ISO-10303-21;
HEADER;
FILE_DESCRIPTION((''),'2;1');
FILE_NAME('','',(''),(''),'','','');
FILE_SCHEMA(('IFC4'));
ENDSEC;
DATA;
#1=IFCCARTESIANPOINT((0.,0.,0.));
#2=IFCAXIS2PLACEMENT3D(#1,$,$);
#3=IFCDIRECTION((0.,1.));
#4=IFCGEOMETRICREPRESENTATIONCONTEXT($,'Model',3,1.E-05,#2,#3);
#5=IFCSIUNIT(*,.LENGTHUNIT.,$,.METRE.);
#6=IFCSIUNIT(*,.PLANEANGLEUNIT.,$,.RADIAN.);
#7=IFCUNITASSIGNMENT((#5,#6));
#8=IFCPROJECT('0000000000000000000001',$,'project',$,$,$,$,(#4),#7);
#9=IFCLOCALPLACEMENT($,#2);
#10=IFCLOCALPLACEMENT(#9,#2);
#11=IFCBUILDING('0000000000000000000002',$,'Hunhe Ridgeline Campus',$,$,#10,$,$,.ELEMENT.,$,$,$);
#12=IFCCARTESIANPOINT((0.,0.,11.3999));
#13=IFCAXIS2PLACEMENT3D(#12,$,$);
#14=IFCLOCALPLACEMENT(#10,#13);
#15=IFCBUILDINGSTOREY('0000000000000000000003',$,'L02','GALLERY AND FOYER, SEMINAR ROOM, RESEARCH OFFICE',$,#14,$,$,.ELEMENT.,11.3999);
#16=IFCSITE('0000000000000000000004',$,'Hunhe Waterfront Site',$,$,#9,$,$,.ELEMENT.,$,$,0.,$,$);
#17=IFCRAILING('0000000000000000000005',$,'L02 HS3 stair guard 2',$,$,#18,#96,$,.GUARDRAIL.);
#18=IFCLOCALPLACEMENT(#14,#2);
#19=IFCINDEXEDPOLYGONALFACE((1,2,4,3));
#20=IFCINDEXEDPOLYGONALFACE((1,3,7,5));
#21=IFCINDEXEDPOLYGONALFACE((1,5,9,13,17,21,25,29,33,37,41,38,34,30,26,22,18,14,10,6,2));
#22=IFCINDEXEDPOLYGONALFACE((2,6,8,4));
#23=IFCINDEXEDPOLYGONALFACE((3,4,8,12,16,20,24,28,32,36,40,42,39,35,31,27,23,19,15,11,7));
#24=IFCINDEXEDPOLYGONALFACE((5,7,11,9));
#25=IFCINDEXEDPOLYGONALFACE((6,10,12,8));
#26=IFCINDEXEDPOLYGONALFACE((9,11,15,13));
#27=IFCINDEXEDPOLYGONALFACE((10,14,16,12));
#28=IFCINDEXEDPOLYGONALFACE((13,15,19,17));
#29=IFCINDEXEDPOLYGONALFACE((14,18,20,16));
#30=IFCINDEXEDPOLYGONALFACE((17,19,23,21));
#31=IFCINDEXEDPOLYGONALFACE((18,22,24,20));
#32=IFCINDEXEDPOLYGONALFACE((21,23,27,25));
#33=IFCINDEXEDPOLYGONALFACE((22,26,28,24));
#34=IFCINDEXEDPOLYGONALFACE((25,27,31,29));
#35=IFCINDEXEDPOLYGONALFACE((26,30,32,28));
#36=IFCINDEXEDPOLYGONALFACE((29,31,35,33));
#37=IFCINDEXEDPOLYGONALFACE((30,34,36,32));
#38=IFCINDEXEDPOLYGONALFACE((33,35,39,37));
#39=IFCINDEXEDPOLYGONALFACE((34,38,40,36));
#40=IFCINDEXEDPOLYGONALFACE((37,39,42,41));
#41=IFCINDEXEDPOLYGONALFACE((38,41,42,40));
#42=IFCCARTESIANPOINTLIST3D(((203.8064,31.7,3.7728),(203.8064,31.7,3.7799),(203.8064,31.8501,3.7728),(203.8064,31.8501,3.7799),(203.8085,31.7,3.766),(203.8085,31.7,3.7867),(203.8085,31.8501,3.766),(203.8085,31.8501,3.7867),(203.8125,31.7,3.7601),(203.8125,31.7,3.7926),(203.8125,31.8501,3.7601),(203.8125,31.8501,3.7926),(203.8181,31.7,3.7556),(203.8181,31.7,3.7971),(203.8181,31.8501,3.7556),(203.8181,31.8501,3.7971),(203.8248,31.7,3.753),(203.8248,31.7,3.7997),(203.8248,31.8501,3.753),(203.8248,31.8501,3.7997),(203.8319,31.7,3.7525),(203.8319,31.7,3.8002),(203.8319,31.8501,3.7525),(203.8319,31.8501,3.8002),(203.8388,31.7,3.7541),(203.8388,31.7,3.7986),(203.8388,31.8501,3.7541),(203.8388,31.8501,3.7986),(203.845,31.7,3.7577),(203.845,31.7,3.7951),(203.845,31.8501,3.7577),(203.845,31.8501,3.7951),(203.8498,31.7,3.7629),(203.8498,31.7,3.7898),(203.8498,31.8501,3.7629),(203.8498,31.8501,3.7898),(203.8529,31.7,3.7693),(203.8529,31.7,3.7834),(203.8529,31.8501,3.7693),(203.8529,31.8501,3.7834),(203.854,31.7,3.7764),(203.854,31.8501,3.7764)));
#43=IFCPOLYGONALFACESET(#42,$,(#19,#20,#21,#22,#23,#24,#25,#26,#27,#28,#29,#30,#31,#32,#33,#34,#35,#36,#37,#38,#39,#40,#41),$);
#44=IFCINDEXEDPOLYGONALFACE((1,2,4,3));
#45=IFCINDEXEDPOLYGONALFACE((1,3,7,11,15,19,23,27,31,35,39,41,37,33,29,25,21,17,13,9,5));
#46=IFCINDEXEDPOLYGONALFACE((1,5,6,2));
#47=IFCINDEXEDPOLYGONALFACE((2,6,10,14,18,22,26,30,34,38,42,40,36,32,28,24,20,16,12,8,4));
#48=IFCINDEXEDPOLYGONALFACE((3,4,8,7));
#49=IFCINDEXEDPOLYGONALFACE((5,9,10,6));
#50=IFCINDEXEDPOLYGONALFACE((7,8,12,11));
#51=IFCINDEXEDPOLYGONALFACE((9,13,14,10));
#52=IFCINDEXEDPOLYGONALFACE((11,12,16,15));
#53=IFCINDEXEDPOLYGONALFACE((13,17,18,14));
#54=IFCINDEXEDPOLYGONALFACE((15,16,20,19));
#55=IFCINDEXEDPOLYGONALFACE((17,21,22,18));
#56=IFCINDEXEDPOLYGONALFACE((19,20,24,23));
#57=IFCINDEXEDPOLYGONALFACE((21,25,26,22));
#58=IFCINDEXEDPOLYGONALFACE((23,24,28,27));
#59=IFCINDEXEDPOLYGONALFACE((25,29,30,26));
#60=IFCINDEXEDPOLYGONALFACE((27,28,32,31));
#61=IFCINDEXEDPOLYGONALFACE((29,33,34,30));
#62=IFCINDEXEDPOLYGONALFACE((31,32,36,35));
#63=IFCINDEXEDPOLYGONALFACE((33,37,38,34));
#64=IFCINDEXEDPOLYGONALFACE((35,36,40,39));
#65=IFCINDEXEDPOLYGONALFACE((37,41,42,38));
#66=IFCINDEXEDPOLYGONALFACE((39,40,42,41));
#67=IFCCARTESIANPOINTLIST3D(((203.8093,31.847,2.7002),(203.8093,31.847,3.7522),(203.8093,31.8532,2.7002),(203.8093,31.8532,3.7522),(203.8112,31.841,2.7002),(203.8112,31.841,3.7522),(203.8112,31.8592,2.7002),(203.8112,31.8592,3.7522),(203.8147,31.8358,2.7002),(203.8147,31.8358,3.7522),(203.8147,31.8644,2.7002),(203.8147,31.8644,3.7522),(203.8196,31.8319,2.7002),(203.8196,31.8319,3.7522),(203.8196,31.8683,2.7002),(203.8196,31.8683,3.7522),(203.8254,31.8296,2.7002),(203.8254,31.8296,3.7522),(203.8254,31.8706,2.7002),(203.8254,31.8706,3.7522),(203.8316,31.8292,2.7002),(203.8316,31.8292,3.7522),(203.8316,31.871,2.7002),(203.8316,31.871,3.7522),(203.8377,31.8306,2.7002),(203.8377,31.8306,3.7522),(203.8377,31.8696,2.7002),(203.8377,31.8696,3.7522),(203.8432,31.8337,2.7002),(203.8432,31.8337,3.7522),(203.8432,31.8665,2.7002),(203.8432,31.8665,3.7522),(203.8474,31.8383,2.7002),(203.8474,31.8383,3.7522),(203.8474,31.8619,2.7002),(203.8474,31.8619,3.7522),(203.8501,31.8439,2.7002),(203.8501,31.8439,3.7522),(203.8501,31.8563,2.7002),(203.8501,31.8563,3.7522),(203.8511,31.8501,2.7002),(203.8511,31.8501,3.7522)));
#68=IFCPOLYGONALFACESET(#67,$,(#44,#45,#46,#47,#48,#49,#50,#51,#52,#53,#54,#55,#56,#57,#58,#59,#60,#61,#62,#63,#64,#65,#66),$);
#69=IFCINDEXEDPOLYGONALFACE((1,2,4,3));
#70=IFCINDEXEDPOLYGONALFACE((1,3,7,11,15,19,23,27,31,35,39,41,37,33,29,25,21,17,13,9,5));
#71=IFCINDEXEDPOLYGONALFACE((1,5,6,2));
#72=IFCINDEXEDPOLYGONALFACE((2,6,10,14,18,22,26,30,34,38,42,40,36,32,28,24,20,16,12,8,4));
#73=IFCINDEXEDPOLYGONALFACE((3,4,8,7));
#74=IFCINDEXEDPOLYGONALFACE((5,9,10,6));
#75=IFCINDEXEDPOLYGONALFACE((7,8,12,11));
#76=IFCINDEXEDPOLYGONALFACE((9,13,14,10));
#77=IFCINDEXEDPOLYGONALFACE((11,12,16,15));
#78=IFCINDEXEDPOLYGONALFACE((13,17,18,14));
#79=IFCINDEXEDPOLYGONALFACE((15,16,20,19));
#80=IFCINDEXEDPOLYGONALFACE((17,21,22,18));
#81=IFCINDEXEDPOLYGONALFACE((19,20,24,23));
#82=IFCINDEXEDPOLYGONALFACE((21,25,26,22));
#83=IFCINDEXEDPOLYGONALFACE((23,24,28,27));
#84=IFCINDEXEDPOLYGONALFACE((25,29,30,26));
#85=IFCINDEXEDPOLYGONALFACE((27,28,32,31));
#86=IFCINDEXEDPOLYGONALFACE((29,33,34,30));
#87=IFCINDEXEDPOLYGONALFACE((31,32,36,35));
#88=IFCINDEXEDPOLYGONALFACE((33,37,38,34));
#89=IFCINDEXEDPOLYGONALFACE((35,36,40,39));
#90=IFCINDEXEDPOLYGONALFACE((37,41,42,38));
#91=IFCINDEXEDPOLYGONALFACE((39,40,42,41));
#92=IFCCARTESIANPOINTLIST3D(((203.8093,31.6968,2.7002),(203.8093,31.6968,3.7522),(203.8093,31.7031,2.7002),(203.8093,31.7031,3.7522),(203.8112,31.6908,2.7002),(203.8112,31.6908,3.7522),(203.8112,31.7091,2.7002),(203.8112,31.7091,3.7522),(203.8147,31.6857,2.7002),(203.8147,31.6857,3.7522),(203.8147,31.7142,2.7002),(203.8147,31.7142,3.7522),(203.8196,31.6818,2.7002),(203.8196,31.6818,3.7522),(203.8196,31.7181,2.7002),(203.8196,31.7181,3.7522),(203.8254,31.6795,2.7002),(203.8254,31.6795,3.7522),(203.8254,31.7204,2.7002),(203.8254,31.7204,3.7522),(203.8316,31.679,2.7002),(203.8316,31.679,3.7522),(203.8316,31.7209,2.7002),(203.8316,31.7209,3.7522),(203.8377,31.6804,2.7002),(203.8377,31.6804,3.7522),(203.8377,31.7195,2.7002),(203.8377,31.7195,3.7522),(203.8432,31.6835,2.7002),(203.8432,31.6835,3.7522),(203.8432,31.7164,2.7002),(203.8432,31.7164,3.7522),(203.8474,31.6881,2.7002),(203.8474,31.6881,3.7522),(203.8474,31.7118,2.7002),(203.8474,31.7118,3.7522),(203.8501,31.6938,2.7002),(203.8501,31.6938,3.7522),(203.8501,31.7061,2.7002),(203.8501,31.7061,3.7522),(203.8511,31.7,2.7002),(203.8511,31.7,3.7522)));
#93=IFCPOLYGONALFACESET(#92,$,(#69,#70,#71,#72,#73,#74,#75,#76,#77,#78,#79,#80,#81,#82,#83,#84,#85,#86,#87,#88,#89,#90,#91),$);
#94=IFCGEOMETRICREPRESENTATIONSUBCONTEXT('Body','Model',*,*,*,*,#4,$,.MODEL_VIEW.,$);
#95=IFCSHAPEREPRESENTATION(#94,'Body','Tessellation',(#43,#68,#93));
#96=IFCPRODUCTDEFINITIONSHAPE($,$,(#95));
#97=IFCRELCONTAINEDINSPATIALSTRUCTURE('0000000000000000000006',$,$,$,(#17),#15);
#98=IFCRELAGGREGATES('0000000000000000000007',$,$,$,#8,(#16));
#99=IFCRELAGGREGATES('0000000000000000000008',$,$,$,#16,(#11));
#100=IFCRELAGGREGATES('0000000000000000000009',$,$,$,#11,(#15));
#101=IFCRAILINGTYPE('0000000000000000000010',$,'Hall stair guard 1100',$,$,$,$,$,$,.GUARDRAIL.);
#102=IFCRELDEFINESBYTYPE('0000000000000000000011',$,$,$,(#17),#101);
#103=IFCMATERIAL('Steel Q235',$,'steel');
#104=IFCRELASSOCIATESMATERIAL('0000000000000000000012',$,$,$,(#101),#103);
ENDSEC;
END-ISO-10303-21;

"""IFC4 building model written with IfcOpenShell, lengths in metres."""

from ifc_helpers import new_model, si_unit, direction, frame, origin, origin_2d, place, context, subcontext, project, spatial, circle, extrude, material, type_object, element, save


model = new_model("IFC4")

# Units and contexts
model_context = context("Model", 3, precision=1e-05, world=origin(), true_north=direction((0.0, 1.0)))
body_context = subcontext(model_context, "Body", "Model", "MODEL_VIEW")
ifc_project = project(units=[si_unit("LENGTHUNIT", "METRE"), si_unit("PLANEANGLEUNIT", "RADIAN")], contexts=[model_context])

# Site, building, storey
site_placement = place(None, origin())
site = spatial("IfcSite", under=ifc_project, at=site_placement, Name="Hunhe Waterfront Site", CompositionType="ELEMENT", RefElevation=0.0)
building_placement = place(site_placement, origin())
building = spatial("IfcBuilding", under=site, at=building_placement, Name="Hunhe Ridgeline Campus", CompositionType="ELEMENT")
storey_placement = place(building_placement, frame((0.0, 0.0, 11.3999)))
storey = spatial("IfcBuildingStorey", under=building, at=storey_placement, Name="L02", Description="GALLERY AND FOYER, SEMINAR ROOM, RESEARCH OFFICE", CompositionType="ELEMENT", Elevation=11.3999)

# Shared definitions
ifc_material_1 = material(Name="Steel Q235", Category="steel")

# Railing
railing_type_1 = type_object("IfcRailingType", Name="Hall stair guard 1100", PredefinedType="GUARDRAIL", material=ifc_material_1)
railing_1_placement = place(storey_placement, frame((203.8301, 31.8501, 2.7002)))
element("IfcRailing", 1, at=railing_1_placement, inside=storey, type_object=railing_type_1, Name="L02 HS3 stair guard 2", PredefinedType="GUARDRAIL", context=body_context, shape_type="SweptSolid", body=[
    extrude(circle(Radius=0.0239, at=origin_2d()), frame((0.0, 0.0, 1.0762), z_axis=(0.0, -1.0, 0.0), x_axis=(1.0, 0.0, 0.0)), (0.0, 0.0, 1.0), 0.1501),
    extrude(circle(Radius=0.021, at=origin_2d()), origin(), (0.0, 0.0, 1.0), 1.052),
    extrude(circle(Radius=0.021, at=origin_2d()), frame((0.0, -0.1501, 0.0)), (0.0, 0.0, 1.0), 1.052),
])

save(model, "model.ifc")
